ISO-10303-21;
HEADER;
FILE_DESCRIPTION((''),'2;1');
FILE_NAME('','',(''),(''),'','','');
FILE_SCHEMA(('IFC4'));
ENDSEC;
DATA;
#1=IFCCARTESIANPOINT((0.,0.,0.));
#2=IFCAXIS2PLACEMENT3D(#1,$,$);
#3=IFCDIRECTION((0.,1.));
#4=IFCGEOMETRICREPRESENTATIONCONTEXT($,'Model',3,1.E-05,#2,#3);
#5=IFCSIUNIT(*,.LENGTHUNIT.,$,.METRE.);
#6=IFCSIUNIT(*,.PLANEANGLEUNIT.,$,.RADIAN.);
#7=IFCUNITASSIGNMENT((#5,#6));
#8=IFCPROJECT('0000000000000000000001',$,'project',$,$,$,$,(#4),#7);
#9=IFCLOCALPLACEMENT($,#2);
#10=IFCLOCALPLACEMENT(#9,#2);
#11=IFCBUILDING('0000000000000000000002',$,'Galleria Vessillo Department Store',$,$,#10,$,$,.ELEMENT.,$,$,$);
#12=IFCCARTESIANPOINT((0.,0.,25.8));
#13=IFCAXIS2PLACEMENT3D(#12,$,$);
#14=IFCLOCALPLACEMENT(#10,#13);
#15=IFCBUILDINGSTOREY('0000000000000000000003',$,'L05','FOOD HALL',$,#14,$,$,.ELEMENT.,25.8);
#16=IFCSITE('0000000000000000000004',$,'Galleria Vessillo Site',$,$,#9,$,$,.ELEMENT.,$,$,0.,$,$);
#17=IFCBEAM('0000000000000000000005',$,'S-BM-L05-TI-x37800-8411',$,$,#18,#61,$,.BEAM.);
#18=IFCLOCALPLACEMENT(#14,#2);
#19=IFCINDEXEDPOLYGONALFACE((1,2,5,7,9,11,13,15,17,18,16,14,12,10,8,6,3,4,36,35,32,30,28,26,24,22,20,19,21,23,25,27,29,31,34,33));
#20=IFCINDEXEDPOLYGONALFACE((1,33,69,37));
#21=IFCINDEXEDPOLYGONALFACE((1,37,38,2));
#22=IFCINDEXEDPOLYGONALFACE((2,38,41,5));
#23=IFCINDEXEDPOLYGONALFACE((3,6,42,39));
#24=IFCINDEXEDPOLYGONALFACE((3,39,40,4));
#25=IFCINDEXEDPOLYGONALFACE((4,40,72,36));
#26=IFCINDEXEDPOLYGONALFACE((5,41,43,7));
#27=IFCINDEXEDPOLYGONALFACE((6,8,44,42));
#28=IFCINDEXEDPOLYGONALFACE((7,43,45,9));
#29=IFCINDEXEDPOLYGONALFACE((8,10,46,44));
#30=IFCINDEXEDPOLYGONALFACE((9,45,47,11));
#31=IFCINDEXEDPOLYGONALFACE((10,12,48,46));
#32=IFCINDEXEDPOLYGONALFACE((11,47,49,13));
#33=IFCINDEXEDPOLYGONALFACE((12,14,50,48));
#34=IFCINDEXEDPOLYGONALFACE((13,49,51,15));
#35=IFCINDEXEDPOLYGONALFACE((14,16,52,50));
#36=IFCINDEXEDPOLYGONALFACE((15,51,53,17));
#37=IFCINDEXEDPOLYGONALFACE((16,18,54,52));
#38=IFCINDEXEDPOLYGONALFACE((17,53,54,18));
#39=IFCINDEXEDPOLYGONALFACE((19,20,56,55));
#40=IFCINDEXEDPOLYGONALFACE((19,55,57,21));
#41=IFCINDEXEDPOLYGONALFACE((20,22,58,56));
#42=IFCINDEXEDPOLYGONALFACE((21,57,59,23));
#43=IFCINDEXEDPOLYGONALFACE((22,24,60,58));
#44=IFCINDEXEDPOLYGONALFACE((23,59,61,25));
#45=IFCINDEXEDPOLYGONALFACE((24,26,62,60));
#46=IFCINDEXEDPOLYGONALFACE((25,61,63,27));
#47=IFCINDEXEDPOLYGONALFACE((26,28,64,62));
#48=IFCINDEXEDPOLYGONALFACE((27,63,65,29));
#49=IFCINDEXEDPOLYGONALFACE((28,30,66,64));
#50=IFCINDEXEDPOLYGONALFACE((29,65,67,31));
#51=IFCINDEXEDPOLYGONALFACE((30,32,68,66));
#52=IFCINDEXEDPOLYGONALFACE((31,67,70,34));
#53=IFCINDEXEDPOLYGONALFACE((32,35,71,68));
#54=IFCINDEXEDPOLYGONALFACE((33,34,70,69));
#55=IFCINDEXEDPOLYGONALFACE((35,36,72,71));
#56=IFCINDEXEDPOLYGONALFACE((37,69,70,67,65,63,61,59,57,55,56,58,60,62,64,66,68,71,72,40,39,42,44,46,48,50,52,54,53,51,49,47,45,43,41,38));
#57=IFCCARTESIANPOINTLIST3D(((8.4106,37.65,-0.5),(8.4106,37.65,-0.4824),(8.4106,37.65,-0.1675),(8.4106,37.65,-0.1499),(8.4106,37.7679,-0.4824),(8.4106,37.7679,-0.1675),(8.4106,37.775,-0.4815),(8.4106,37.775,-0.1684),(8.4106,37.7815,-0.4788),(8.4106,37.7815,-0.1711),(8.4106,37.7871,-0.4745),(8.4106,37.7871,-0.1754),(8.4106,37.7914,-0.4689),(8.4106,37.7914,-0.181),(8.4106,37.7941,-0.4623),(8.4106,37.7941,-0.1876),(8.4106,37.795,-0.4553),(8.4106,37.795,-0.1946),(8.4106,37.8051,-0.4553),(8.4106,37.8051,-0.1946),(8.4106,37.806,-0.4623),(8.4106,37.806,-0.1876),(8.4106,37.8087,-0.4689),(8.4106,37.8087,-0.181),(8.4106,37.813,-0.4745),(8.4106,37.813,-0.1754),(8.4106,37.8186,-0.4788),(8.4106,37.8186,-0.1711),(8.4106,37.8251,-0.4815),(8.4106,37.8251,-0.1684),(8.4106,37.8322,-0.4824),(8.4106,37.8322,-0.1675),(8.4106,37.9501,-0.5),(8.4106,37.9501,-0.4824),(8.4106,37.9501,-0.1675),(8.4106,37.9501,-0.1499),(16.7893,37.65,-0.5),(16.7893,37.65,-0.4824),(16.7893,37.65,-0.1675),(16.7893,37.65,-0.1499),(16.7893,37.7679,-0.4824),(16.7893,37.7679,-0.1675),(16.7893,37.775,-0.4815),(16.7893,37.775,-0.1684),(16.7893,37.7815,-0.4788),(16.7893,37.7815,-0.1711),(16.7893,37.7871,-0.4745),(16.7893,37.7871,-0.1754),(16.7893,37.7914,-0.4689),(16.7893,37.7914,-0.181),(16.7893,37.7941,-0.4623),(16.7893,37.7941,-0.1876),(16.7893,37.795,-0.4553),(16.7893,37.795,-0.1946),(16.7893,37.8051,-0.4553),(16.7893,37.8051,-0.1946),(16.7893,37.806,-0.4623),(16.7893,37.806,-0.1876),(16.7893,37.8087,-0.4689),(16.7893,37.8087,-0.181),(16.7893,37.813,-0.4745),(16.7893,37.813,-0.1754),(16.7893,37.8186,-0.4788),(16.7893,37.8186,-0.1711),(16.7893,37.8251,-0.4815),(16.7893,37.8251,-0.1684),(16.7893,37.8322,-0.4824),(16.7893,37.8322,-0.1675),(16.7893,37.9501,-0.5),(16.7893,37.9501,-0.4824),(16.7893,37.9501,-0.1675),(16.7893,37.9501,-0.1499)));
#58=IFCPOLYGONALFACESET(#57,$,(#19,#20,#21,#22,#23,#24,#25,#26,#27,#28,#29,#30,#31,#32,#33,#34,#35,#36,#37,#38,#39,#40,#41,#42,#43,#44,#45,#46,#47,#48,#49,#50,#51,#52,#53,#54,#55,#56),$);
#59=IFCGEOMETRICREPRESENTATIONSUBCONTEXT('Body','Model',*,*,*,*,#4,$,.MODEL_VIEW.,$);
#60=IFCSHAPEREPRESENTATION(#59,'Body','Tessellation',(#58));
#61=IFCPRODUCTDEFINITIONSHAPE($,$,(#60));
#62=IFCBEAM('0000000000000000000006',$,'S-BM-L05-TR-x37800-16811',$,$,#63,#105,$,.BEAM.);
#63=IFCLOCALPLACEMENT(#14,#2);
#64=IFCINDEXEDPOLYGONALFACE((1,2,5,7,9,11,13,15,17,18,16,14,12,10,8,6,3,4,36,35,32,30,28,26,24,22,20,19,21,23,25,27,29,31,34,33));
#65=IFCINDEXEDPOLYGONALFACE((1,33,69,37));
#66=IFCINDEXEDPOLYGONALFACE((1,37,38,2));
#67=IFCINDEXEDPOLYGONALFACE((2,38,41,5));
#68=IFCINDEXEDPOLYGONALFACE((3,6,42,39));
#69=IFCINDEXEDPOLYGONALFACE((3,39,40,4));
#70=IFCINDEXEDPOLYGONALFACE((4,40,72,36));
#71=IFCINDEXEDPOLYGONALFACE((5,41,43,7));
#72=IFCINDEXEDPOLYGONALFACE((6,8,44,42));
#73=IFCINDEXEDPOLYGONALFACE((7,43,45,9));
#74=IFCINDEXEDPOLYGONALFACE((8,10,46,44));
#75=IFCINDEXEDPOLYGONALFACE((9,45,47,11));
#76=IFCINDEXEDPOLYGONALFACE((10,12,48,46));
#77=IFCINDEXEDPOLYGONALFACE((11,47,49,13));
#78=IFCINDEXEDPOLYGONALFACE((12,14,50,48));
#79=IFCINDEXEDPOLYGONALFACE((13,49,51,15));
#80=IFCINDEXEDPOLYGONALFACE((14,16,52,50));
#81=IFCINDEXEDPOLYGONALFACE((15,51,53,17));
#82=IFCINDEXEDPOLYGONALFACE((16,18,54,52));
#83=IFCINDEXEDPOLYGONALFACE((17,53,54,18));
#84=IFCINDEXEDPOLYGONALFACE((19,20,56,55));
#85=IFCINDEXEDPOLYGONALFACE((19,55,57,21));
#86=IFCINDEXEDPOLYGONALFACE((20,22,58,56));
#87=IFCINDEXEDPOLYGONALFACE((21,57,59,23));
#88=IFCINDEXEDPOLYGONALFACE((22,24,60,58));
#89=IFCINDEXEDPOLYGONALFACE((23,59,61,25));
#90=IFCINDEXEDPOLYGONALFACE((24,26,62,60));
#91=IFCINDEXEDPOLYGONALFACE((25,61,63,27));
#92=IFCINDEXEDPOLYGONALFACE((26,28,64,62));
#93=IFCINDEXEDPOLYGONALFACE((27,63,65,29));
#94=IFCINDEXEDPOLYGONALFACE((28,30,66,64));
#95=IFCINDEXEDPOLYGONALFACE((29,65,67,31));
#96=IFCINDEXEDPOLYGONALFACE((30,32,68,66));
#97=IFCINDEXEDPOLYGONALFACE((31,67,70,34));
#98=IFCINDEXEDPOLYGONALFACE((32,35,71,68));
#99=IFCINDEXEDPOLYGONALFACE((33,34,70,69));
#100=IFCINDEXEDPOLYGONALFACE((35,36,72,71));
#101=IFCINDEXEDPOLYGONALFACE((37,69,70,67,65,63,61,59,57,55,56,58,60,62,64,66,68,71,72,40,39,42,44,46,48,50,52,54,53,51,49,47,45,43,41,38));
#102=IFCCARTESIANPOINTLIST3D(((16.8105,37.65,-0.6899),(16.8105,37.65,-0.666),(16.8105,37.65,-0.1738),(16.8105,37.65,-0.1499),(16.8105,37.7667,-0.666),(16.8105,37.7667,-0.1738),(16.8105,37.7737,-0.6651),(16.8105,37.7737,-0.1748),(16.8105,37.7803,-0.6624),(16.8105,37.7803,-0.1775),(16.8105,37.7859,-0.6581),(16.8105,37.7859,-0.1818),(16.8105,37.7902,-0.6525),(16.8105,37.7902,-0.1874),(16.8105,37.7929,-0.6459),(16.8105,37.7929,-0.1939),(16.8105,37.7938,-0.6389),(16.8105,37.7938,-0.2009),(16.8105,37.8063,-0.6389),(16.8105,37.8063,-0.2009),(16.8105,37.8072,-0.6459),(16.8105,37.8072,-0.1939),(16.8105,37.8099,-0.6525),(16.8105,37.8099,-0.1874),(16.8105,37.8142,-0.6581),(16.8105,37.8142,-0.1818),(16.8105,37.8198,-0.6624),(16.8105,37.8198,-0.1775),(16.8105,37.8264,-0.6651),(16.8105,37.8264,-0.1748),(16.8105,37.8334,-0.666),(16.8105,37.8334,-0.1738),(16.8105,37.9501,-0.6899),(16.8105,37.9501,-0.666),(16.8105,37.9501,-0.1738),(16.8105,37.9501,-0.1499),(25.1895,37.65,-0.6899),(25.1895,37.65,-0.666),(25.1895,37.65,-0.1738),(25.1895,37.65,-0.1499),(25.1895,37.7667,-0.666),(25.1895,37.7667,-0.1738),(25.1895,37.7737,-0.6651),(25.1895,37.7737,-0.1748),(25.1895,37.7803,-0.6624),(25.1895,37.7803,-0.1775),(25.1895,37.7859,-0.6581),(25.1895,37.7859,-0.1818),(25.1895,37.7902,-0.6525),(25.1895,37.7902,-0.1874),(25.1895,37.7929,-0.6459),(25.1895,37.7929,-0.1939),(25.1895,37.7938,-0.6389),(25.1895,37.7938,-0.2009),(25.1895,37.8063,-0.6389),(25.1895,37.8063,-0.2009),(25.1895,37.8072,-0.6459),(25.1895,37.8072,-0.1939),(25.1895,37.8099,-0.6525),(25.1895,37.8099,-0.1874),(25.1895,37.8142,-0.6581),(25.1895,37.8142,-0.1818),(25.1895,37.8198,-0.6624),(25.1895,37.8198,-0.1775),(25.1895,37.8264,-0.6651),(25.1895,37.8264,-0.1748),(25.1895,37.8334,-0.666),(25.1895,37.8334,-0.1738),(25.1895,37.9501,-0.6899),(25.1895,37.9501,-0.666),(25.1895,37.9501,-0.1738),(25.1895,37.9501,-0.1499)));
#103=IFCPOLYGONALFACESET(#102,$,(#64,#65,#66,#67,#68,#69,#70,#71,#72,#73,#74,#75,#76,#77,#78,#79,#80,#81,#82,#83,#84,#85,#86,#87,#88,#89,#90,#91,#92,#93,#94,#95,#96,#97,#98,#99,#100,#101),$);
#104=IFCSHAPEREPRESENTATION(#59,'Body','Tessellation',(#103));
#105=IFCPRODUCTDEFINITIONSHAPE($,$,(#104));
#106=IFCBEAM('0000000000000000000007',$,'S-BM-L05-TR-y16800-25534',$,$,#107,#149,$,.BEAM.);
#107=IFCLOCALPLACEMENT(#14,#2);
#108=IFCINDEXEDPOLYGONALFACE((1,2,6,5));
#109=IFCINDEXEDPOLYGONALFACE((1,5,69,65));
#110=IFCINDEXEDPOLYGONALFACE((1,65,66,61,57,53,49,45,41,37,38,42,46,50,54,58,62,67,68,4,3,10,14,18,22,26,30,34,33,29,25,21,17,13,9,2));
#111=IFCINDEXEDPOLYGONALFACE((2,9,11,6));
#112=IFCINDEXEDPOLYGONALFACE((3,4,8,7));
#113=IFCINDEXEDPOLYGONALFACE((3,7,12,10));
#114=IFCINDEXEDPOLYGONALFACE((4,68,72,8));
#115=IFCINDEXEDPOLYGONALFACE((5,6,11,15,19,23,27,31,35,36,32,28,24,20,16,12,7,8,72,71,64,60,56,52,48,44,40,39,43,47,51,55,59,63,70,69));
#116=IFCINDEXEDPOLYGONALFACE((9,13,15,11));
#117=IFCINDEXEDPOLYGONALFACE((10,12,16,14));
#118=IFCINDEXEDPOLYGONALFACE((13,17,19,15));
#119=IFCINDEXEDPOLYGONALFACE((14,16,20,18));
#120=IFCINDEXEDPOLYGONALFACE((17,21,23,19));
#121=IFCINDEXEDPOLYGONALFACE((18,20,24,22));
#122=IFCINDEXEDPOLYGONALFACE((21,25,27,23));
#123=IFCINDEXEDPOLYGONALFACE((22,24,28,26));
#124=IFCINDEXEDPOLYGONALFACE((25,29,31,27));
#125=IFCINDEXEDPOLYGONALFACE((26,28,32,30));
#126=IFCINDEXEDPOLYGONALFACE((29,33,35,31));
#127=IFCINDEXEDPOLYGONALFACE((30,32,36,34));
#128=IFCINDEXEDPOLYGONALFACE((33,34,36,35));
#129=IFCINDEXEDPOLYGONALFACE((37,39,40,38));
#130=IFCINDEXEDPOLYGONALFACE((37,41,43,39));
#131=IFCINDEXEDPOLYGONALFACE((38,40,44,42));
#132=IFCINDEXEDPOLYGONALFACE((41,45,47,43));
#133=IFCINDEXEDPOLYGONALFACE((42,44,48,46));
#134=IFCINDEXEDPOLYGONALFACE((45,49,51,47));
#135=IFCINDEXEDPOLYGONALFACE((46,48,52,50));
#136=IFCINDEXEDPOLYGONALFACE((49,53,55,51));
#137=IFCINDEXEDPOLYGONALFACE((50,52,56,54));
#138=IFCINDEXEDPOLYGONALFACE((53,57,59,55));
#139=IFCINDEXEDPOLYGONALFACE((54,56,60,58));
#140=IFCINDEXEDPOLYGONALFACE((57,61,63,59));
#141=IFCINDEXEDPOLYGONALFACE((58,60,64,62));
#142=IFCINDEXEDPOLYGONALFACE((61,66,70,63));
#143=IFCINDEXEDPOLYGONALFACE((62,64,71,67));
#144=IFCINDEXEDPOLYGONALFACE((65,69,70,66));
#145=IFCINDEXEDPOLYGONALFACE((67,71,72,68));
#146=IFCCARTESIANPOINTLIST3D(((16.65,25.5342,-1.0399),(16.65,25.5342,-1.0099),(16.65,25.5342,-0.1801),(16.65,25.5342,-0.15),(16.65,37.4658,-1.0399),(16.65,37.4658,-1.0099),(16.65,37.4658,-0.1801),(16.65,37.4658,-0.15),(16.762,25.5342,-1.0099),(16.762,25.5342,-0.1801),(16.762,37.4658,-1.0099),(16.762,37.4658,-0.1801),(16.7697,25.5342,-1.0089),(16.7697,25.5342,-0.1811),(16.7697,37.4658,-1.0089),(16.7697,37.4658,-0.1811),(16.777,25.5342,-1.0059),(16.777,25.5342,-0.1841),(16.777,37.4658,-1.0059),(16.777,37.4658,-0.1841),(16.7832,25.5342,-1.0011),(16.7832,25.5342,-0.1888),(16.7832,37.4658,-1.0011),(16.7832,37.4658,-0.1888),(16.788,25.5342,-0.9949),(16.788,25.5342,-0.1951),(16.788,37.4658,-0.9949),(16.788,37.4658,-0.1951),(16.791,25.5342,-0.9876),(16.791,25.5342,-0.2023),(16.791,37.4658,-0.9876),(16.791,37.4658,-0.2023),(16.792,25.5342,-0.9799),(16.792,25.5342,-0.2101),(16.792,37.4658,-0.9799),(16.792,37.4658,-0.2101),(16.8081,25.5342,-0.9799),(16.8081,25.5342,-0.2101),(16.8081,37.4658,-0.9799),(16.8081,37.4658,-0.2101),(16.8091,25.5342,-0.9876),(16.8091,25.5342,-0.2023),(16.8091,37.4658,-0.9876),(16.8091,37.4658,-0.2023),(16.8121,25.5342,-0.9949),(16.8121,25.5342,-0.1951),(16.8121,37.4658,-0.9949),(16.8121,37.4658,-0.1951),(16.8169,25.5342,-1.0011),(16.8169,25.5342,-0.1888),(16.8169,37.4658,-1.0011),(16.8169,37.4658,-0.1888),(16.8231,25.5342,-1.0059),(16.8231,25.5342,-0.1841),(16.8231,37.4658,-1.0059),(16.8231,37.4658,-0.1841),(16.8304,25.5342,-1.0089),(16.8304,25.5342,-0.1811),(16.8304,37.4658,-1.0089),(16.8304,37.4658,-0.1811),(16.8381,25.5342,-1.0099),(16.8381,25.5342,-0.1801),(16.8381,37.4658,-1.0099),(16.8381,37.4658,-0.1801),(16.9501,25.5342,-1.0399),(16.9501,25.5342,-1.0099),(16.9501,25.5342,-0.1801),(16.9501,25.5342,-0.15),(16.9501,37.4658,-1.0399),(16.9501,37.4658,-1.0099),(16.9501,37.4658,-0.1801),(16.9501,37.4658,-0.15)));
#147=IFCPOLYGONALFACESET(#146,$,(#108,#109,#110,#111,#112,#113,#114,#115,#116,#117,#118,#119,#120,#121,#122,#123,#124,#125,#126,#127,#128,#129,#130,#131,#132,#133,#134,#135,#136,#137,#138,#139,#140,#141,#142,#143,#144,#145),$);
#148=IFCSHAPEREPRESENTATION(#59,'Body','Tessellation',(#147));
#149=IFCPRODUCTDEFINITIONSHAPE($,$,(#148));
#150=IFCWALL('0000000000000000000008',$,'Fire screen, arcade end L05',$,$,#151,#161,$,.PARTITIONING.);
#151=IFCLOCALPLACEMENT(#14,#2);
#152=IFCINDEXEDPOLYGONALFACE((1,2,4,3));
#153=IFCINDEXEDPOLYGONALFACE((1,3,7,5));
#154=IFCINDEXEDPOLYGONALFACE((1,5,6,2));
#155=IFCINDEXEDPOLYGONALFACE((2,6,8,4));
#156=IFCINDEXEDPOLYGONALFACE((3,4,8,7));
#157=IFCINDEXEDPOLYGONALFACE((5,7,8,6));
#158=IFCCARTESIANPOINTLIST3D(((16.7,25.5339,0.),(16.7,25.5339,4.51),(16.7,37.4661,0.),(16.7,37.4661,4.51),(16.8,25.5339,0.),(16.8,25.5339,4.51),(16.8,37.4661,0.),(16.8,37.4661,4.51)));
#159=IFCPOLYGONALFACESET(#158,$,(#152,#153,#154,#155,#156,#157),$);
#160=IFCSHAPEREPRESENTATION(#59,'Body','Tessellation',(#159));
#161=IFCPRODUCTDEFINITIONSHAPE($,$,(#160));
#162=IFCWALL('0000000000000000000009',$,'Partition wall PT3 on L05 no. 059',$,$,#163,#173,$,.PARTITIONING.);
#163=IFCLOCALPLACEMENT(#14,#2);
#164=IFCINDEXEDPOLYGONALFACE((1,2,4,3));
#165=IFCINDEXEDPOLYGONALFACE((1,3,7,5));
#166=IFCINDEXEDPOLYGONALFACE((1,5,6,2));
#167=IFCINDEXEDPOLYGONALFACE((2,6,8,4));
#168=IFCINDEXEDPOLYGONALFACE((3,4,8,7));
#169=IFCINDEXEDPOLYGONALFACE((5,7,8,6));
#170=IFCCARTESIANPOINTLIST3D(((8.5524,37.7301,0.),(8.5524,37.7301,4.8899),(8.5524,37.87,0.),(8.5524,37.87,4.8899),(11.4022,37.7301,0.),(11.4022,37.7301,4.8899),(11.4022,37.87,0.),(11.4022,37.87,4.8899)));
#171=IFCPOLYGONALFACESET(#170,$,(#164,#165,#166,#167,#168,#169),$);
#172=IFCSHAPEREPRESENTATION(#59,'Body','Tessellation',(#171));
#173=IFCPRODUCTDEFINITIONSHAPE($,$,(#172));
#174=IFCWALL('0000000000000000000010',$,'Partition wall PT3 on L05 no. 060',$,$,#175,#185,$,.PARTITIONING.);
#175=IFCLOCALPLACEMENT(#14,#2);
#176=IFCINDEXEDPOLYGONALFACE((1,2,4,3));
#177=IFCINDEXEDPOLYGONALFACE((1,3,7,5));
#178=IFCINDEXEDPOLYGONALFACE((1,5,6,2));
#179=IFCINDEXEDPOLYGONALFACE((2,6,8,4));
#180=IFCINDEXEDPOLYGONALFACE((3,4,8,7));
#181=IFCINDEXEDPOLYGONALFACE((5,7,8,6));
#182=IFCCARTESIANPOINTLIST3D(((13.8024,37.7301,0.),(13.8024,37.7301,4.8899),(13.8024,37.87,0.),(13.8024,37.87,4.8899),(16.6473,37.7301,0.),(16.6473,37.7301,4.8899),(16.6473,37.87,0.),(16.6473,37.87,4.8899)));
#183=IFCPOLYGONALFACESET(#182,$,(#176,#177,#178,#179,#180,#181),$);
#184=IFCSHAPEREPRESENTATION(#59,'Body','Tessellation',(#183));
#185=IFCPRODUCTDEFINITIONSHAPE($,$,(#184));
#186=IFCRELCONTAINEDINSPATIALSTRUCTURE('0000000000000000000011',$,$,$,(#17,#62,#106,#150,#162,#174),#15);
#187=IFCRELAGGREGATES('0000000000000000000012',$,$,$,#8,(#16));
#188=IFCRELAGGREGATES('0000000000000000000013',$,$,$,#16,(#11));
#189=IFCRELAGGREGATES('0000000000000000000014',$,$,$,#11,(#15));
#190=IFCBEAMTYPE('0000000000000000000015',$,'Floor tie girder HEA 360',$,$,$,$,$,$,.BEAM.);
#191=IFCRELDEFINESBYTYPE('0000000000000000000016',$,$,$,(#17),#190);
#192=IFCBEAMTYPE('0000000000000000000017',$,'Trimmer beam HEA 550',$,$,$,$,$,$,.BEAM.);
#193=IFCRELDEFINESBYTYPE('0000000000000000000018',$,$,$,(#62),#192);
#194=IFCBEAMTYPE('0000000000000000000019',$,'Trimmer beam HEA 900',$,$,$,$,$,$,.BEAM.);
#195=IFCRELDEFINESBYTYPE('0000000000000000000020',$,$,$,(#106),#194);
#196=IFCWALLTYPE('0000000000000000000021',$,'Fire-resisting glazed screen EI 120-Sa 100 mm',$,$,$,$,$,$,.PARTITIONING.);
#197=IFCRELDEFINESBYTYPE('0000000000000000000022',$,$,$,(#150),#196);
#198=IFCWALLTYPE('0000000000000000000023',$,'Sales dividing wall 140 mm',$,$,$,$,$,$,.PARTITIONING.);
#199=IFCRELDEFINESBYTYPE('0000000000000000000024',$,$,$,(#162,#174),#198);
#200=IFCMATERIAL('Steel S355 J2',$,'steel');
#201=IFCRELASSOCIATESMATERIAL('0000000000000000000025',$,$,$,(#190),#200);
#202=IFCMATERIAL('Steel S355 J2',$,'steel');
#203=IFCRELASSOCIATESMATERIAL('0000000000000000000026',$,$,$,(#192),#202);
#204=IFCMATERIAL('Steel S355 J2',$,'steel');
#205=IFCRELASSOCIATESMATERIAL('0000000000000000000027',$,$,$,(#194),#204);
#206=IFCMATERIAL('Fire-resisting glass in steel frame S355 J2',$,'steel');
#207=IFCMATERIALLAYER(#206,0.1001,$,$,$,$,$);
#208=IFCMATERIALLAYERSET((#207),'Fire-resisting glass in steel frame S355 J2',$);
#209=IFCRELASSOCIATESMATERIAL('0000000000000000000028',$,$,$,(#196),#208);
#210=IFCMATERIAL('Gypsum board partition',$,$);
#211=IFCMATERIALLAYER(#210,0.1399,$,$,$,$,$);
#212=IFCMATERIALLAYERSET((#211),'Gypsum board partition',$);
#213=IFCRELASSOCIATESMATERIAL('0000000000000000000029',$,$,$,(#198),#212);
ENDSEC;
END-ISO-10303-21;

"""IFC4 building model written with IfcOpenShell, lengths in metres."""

from ifc_helpers import new_model, si_unit, direction, frame, frame_2d, origin, origin_2d, place, context, subcontext, project, spatial, rectangle, i_section, extrude, material, layer, layer_set, material_profile, profile_set, type_object, element, save


model = new_model("IFC4")

# Units and contexts
model_context = context("Model", 3, precision=1e-05, world=origin(), true_north=direction((0.0, 1.0)))
body_context = subcontext(model_context, "Body", "Model", "MODEL_VIEW")
ifc_project = project(units=[si_unit("LENGTHUNIT", "METRE"), si_unit("PLANEANGLEUNIT", "RADIAN")], contexts=[model_context])

# Site, building, storey
site_placement = place(None, origin())
site = spatial("IfcSite", under=ifc_project, at=site_placement, Name="Galleria Vessillo Site", CompositionType="ELEMENT", RefElevation=0.0)
building_placement = place(site_placement, origin())
building = spatial("IfcBuilding", under=site, at=building_placement, Name="Galleria Vessillo Department Store", CompositionType="ELEMENT")
storey_placement = place(building_placement, frame((0.0, 0.0, 25.8)))
storey = spatial("IfcBuildingStorey", under=building, at=storey_placement, Name="L05", Description="FOOD HALL", CompositionType="ELEMENT", Elevation=25.8)

# Beams
ifc_material_1 = material(Name="Steel S355 J2", Category="steel")
ifc_material_profile_1 = material_profile(ifc_material_1, i_section(OverallWidth=0.3, OverallDepth=0.3501, WebThickness=0.01, FlangeThickness=0.0176, FilletRadius=0.0271, at=origin_2d()), Name="HEA 360")
ifc_profile_set_1 = profile_set([ifc_material_profile_1], Name="Steel S355 J2")
beam_type_1 = type_object("IfcBeamType", Name="Floor tie girder HEA 360", PredefinedType="BEAM", material=ifc_profile_set_1)
beam_1_placement = place(storey_placement, frame((8.4106, 37.8, -0.325), z_axis=(1.0, 0.0, 0.0), x_axis=(0.0, 1.0, 0.0)))
element("IfcBeam", 1, at=beam_1_placement, inside=storey, type_object=beam_type_1, Name="S-BM-L05-TI-x37800-8411", PredefinedType="BEAM", context=body_context, shape_type="SweptSolid", body=[
    extrude(i_section(OverallWidth=0.3, OverallDepth=0.3501, WebThickness=0.01, FlangeThickness=0.0176, FilletRadius=0.0271, at=origin_2d()), origin(), (0.0, 0.0, 1.0), 8.3787),
])
ifc_material_2 = material(Name="Steel S355 J2", Category="steel")
ifc_material_profile_2 = material_profile(ifc_material_2, i_section(OverallWidth=0.3, OverallDepth=0.54, WebThickness=0.0125, FlangeThickness=0.0239, FilletRadius=0.0271, at=origin_2d()), Name="HEA 550")
ifc_profile_set_2 = profile_set([ifc_material_profile_2], Name="Steel S355 J2")
beam_type_2 = type_object("IfcBeamType", Name="Trimmer beam HEA 550", PredefinedType="BEAM", material=ifc_profile_set_2)
beam_2_placement = place(storey_placement, frame((16.8105, 37.8, -0.4199), z_axis=(1.0, 0.0, 0.0), x_axis=(0.0, 1.0, 0.0)))
element("IfcBeam", 2, at=beam_2_placement, inside=storey, type_object=beam_type_2, Name="S-BM-L05-TR-x37800-16811", PredefinedType="BEAM", context=body_context, shape_type="SweptSolid", body=[
    extrude(i_section(OverallWidth=0.3, OverallDepth=0.54, WebThickness=0.0125, FlangeThickness=0.0239, FilletRadius=0.0271, at=origin_2d()), origin(), (0.0, 0.0, 1.0), 8.3789),
])
ifc_material_3 = material(Name="Steel S355 J2", Category="steel")
ifc_material_profile_3 = material_profile(ifc_material_3, i_section(OverallWidth=0.3, OverallDepth=0.8899, WebThickness=0.0161, FlangeThickness=0.03, FilletRadius=0.03, at=origin_2d()), Name="HEA 900")
ifc_profile_set_3 = profile_set([ifc_material_profile_3], Name="Steel S355 J2")
beam_type_3 = type_object("IfcBeamType", Name="Trimmer beam HEA 900", PredefinedType="BEAM", material=ifc_profile_set_3)
beam_3_placement = place(storey_placement, frame((16.8, 25.5342, -0.595), z_axis=(0.0, 1.0, 0.0), x_axis=(-1.0, 0.0, 0.0)))
element("IfcBeam", 3, at=beam_3_placement, inside=storey, type_object=beam_type_3, Name="S-BM-L05-TR-y16800-25534", PredefinedType="BEAM", context=body_context, shape_type="SweptSolid", body=[
    extrude(i_section(OverallWidth=0.3, OverallDepth=0.8899, WebThickness=0.0161, FlangeThickness=0.03, FilletRadius=0.03, at=origin_2d()), origin(), (0.0, 0.0, 1.0), 11.9316),
])

# Walls
ifc_material_4 = material(Name="Fire-resisting glass in steel frame S355 J2", Category="steel")
ifc_layer_1 = layer(ifc_material_4, 0.1001)
ifc_layer_set_1 = layer_set([ifc_layer_1], Name="Fire-resisting glass in steel frame S355 J2")
wall_type_1 = type_object("IfcWallType", Name="Fire-resisting glazed screen EI 120-Sa 100 mm", PredefinedType="PARTITIONING", material=ifc_layer_set_1)
wall_1_placement = place(storey_placement, frame((16.75, 25.5339, 0.0), z_axis=(0.0, 0.0, 1.0), x_axis=(0.0, 1.0, 0.0)))
element("IfcWall", 4, at=wall_1_placement, inside=storey, type_object=wall_type_1, Name="Fire screen, arcade end L05", PredefinedType="PARTITIONING", context=body_context, shape_type="SweptSolid", body=[
    extrude(rectangle(XDim=11.9321, YDim=0.1001, at=frame_2d((5.9661, 0.0))), origin(), (0.0, 0.0, 1.0), 4.51),
])
ifc_material_5 = material(Name="Gypsum board partition")
ifc_layer_2 = layer(ifc_material_5, 0.1399)
ifc_layer_set_2 = layer_set([ifc_layer_2], Name="Gypsum board partition")
wall_type_2 = type_object("IfcWallType", Name="Sales dividing wall 140 mm", PredefinedType="PARTITIONING", material=ifc_layer_set_2)
wall_2_placement = place(storey_placement, frame((8.5525, 37.8, 0.0), z_axis=(0.0, 0.0, 1.0), x_axis=(1.0, 0.0, 0.0)))
element("IfcWall", 5, at=wall_2_placement, inside=storey, type_object=wall_type_2, Name="Partition wall PT3 on L05 no. 059", PredefinedType="PARTITIONING", context=body_context, shape_type="SweptSolid", body=[
    extrude(rectangle(XDim=2.8499, YDim=0.1399, at=frame_2d((1.4248, 0.0))), origin(), (0.0, 0.0, 1.0), 4.8899),
])
wall_3_placement = place(storey_placement, frame((13.8025, 37.8, 0.0), z_axis=(0.0, 0.0, 1.0), x_axis=(1.0, 0.0, 0.0)))
element("IfcWall", 6, at=wall_3_placement, inside=storey, type_object=wall_type_2, Name="Partition wall PT3 on L05 no. 060", PredefinedType="PARTITIONING", context=body_context, shape_type="SweptSolid", body=[
    extrude(rectangle(XDim=2.845, YDim=0.1399, at=frame_2d((1.4224, 0.0))), origin(), (0.0, 0.0, 1.0), 4.8899),
])

save(model, "model.ifc")
